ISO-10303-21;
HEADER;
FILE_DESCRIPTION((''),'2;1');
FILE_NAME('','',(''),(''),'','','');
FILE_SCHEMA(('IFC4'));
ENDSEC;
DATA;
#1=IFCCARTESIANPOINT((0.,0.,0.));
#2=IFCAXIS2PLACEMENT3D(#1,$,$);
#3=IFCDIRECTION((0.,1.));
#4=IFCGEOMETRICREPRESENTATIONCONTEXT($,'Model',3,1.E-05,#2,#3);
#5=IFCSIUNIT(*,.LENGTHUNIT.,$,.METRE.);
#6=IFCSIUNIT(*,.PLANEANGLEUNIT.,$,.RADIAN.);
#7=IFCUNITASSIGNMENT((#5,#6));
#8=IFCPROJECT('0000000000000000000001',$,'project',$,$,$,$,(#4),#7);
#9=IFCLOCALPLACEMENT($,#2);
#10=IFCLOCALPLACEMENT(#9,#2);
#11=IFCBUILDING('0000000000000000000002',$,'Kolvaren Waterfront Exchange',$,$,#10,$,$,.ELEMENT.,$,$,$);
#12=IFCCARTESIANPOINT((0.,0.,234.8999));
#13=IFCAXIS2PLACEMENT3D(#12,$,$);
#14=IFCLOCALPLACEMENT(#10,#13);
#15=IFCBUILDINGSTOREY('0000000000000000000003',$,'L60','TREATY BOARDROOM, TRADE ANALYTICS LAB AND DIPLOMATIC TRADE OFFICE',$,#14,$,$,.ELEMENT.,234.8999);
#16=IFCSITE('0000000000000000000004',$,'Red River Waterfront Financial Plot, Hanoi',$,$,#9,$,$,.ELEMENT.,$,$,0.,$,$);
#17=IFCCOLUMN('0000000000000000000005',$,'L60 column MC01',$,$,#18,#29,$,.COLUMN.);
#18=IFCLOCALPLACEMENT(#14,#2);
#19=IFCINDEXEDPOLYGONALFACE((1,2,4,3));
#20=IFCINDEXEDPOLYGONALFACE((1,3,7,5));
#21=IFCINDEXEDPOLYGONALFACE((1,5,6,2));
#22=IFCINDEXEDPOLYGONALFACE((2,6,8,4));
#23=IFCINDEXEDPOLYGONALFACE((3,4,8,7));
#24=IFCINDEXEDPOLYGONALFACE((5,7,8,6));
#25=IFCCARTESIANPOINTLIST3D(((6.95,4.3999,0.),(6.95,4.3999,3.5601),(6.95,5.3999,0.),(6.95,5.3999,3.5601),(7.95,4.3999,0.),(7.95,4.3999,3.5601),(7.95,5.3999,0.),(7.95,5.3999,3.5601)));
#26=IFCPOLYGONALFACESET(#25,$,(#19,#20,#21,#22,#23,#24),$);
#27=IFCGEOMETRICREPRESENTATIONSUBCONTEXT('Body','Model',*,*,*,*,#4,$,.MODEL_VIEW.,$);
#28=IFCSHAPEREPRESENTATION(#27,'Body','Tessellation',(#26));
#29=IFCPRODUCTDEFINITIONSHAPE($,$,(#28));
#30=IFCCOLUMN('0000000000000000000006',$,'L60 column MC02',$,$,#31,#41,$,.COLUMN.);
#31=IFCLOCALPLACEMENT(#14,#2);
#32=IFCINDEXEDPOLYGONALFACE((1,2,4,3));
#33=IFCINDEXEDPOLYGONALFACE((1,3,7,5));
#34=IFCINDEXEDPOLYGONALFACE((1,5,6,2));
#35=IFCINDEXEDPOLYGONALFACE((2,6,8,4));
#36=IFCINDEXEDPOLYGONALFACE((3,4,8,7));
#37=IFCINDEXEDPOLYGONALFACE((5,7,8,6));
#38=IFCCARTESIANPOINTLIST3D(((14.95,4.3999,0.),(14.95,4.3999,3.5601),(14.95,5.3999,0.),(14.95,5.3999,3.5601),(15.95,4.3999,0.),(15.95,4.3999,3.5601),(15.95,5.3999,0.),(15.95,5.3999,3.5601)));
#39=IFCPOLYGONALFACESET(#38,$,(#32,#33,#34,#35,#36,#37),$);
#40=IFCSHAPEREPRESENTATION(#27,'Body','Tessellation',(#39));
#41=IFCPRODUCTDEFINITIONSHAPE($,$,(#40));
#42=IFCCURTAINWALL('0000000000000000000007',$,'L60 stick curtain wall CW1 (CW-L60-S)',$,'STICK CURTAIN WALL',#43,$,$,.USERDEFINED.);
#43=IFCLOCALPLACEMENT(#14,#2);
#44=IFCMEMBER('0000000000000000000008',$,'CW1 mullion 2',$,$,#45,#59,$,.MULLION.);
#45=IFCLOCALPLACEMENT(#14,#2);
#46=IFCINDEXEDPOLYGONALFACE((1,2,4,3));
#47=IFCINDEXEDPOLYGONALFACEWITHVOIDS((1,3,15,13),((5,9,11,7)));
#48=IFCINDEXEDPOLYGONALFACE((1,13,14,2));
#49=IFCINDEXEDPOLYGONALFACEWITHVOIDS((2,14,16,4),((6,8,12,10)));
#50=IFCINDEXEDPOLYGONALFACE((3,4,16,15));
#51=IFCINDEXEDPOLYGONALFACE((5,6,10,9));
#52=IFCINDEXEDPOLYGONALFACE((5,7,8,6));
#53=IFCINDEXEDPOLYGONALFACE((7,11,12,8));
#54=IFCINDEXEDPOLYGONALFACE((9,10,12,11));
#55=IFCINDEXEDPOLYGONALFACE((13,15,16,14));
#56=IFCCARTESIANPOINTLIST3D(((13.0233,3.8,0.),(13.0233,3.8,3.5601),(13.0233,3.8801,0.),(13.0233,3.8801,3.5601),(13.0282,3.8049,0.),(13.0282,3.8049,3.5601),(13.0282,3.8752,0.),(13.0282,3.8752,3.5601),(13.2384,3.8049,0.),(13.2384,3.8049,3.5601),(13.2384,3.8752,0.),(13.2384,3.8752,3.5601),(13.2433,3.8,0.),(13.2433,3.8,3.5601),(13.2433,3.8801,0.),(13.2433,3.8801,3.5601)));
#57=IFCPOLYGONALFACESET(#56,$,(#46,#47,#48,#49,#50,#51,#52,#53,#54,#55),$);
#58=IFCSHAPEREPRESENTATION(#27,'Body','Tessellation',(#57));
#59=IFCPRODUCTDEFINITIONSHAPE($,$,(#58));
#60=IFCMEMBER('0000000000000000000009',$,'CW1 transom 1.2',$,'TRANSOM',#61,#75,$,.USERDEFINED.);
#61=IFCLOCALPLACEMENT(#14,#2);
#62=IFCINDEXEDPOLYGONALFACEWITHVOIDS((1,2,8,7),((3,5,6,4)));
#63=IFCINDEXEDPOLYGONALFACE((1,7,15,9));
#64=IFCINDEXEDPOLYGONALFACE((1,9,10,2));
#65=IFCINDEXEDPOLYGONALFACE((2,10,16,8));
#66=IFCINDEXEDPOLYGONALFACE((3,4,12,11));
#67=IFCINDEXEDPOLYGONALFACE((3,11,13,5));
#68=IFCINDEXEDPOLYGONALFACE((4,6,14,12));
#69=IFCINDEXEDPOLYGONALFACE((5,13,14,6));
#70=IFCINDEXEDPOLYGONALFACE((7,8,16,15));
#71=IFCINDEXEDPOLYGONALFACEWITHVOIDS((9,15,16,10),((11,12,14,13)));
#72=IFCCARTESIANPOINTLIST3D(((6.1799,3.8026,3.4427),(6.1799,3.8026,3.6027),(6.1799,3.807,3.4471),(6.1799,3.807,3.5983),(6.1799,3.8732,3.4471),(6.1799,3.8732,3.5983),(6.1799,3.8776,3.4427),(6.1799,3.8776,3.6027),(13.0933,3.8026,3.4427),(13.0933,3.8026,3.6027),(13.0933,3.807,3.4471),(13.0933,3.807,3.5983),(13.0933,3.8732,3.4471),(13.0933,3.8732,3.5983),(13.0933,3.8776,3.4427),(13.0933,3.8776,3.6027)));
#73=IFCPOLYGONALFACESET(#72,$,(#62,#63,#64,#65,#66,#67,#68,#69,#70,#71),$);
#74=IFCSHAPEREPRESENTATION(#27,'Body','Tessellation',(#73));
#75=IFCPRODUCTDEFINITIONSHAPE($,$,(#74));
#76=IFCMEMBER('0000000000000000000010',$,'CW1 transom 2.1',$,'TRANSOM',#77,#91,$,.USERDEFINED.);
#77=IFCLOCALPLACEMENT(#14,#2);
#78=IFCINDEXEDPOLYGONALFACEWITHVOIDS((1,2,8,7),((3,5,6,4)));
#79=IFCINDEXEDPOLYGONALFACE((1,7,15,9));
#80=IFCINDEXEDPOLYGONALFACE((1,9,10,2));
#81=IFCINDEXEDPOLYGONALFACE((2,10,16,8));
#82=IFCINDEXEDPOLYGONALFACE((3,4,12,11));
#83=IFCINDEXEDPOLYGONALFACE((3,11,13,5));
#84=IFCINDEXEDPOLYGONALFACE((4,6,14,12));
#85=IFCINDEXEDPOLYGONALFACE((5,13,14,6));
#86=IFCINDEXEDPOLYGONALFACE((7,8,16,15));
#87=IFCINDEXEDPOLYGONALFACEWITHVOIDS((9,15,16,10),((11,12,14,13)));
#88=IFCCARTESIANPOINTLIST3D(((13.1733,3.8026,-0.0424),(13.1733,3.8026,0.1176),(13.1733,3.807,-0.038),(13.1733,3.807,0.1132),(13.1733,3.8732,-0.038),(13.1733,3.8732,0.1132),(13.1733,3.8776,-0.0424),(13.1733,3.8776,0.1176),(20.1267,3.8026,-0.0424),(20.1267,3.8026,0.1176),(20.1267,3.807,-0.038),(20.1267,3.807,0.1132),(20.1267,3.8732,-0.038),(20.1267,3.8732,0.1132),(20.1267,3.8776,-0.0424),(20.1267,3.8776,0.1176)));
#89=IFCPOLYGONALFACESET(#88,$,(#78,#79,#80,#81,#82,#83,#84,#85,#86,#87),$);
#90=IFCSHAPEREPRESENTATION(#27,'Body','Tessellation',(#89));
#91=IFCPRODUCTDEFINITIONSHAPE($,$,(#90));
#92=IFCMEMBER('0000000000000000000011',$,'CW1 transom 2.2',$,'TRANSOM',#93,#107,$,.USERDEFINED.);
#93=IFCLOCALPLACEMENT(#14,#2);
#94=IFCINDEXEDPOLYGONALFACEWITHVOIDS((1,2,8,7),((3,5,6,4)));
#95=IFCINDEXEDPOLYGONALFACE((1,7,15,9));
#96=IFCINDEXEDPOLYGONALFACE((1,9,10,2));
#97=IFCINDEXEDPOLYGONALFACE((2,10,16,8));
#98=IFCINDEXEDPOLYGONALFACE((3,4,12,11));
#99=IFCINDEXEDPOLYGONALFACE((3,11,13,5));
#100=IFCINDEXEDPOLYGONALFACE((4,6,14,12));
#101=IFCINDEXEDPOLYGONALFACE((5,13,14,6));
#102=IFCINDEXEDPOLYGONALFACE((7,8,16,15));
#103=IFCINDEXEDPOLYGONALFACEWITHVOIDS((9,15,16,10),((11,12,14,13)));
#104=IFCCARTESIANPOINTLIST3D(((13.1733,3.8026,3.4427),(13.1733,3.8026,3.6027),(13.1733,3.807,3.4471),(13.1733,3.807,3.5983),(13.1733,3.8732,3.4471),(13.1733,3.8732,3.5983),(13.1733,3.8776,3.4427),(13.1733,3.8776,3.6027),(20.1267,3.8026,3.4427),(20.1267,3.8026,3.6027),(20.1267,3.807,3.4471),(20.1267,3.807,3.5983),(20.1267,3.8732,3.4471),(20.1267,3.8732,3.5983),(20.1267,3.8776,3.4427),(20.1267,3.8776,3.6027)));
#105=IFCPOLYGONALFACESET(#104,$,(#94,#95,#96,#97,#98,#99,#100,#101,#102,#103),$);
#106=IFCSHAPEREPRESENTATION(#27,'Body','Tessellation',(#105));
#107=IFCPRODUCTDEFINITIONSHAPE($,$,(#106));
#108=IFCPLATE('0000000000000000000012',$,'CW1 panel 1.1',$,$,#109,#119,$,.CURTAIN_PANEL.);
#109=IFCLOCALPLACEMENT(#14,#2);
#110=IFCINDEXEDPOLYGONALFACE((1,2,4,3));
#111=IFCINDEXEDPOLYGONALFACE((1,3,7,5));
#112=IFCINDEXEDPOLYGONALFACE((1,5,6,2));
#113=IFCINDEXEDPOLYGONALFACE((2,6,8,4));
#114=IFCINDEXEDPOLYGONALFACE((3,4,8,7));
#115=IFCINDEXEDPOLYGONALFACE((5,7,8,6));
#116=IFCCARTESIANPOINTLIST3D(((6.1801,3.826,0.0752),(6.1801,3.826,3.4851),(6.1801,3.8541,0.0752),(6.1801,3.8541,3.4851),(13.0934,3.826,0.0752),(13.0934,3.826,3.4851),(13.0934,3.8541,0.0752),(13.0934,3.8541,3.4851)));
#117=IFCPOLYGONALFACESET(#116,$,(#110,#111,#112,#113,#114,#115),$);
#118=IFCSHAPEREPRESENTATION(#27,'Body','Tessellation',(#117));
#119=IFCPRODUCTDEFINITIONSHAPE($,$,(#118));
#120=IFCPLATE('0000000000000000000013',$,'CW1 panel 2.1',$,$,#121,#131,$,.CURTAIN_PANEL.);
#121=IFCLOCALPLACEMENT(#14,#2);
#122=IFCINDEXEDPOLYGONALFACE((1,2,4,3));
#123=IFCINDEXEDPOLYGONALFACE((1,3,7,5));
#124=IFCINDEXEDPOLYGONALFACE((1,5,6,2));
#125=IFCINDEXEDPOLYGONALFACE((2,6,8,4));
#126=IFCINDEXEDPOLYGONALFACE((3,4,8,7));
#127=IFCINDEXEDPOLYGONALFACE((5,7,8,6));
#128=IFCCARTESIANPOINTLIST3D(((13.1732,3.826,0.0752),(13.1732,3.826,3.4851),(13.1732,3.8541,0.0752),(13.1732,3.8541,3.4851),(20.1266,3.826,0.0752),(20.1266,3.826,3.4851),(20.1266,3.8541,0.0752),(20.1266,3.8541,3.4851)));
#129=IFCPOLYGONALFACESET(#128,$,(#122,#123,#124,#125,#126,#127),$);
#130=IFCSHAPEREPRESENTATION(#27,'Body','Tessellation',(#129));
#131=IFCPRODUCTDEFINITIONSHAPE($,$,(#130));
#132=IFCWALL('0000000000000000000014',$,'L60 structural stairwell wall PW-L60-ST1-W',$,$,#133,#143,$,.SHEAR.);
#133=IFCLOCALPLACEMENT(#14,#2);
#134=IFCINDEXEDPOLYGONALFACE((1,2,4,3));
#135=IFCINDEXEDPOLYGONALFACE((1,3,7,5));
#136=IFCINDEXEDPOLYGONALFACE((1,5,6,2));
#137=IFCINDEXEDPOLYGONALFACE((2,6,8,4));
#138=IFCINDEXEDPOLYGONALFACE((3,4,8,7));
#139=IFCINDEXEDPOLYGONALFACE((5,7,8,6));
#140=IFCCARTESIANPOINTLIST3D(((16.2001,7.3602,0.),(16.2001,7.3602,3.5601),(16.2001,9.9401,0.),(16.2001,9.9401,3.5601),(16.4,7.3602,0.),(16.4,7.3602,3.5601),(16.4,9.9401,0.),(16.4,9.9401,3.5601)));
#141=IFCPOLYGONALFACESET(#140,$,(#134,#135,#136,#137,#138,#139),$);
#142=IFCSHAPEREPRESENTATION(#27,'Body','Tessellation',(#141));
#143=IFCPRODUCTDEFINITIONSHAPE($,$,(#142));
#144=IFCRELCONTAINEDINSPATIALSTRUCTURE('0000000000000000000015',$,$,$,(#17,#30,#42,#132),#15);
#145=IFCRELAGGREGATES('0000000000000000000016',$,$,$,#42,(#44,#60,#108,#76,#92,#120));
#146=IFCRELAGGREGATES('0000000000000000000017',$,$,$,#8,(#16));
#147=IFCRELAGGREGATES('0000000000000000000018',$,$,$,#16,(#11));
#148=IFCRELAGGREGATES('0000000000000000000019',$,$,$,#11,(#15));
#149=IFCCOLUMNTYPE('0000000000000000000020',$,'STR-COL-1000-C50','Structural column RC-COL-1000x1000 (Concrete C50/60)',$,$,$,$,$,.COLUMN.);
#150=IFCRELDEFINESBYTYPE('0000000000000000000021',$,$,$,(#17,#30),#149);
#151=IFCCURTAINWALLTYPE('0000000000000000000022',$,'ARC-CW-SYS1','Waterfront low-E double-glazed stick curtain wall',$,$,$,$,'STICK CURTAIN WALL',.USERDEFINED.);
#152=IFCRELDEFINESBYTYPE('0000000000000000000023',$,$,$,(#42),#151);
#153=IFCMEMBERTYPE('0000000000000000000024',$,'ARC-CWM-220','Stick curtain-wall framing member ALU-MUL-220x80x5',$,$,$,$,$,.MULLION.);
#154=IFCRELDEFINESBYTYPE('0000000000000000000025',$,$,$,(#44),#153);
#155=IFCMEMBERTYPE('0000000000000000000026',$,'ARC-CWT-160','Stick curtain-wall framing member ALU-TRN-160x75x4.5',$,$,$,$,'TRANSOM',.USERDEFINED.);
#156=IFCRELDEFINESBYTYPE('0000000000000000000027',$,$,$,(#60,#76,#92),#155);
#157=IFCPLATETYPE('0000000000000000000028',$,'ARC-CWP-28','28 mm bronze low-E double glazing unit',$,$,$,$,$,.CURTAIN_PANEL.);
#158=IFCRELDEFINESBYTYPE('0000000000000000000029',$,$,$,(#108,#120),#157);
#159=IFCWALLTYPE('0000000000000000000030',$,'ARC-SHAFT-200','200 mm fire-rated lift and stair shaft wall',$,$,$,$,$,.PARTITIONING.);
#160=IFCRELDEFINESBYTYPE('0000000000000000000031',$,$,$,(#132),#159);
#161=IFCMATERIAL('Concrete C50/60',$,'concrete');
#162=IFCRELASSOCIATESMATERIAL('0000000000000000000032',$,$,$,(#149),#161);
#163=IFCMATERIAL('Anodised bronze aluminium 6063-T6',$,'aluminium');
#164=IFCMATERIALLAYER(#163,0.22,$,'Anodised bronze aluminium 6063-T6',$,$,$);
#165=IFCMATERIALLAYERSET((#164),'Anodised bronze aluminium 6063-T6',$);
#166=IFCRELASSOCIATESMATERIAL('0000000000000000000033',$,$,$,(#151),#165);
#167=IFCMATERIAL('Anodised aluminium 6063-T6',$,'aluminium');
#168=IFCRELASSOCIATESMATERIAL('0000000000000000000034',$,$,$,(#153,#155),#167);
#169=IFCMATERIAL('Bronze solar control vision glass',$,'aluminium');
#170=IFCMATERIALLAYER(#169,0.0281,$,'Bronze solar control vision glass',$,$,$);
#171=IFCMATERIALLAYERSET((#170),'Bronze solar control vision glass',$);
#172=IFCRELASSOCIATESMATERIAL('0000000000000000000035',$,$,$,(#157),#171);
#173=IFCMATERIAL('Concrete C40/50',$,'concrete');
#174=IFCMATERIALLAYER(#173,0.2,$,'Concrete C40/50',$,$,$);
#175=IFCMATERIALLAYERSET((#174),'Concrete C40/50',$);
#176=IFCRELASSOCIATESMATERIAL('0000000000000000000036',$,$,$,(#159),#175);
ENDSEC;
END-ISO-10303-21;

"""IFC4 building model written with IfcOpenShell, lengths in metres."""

from ifc_helpers import new_model, si_unit, direction, frame, frame_2d, origin, origin_with_axes, origin_2d, place, context, subcontext, project, spatial, rectangle, hollow_rectangle, extrude, source, transform, mapped, material, layer, layer_set, material_profile, profile_set, type_object, element, aggregate, save


model = new_model("IFC4")

# Units and contexts
model_context = context("Model", 3, precision=1e-05, world=origin(), true_north=direction((0.0, 1.0)))
body_context = subcontext(model_context, "Body", "Model", "MODEL_VIEW")
ifc_project = project(units=[si_unit("LENGTHUNIT", "METRE"), si_unit("PLANEANGLEUNIT", "RADIAN")], contexts=[model_context])

# Site, building, storey
site_placement = place(None, origin())
site = spatial("IfcSite", under=ifc_project, at=site_placement, Name="Red River Waterfront Financial Plot, Hanoi", CompositionType="ELEMENT", RefElevation=0.0)
building_placement = place(site_placement, origin())
building = spatial("IfcBuilding", under=site, at=building_placement, Name="Kolvaren Waterfront Exchange", CompositionType="ELEMENT")
storey_placement = place(building_placement, frame((0.0, 0.0, 234.8999)))
storey = spatial("IfcBuildingStorey", under=building, at=storey_placement, Name="L60", Description="TREATY BOARDROOM, TRADE ANALYTICS LAB AND DIPLOMATIC TRADE OFFICE", CompositionType="ELEMENT", Elevation=234.8999)

# Columns
ifc_material_1 = material(Name="Concrete C50/60", Category="concrete")
ifc_material_profile_1 = material_profile(ifc_material_1, rectangle(XDim=1.0, YDim=1.0, at=origin_2d()), Name="RC-COL-1000x1000")
ifc_profile_set_1 = profile_set([ifc_material_profile_1], Name="Concrete C50/60")
column_type = type_object("IfcColumnType", Name="STR-COL-1000-C50", Description="Structural column RC-COL-1000x1000 (Concrete C50/60)", PredefinedType="COLUMN", material=ifc_profile_set_1)
for number, where, z_axis, x_axis, name in (
    (1, (7.45, 4.8999, 0.0), (0.0, 0.0, 1.0), (1.0, 0.0, 0.0), "L60 column MC01"),
    (2, (15.45, 4.8999, 0.0), (0.0, 0.0, 1.0), (1.0, 0.0, 0.0), "L60 column MC02"),
):
    element("IfcColumn", number, at=place(storey_placement, frame(where, z_axis=z_axis, x_axis=x_axis)), inside=storey, type_object=column_type, Name=name, PredefinedType="COLUMN", context=body_context, shape_type="SweptSolid", body=[
        extrude(rectangle(XDim=1.0, YDim=1.0, at=origin_2d()), origin(), (0.0, 0.0, 1.0), 3.5601),
    ])

# Curtain wall, members, plates
ifc_material_2 = material(Name="Anodised bronze aluminium 6063-T6", Category="aluminium")
ifc_layer_1 = layer(ifc_material_2, 0.22, Name="Anodised bronze aluminium 6063-T6")
ifc_layer_set_1 = layer_set([ifc_layer_1], Name="Anodised bronze aluminium 6063-T6")
curtain_wall_type = type_object("IfcCurtainWallType", Name="ARC-CW-SYS1", Description="Waterfront low-E double-glazed stick curtain wall", ElementType="STICK CURTAIN WALL", PredefinedType="USERDEFINED", material=ifc_layer_set_1)
curtain_wall_placement = place(storey_placement, origin())
curtain_wall = element("IfcCurtainWall", 3, at=curtain_wall_placement, inside=storey, type_object=curtain_wall_type, Name="L60 stick curtain wall CW1 (CW-L60-S)", ObjectType="STICK CURTAIN WALL", PredefinedType="USERDEFINED")
ifc_material_3 = material(Name="Anodised aluminium 6063-T6", Category="aluminium")
ifc_material_profile_2 = material_profile(ifc_material_3, hollow_rectangle(XDim=0.0801, YDim=0.22, WallThickness=0.0049, at=origin_2d()), Name="ALU-MUL-220x80x5")
ifc_profile_set_2 = profile_set([ifc_material_profile_2], Name="Anodised aluminium 6063-T6")
member_type_1 = type_object("IfcMemberType", Name="ARC-CWM-220", Description="Stick curtain-wall framing member ALU-MUL-220x80x5", PredefinedType="MULLION", material=ifc_profile_set_2)
shared_shape_1 = source(origin_with_axes(), body_context, "Body", "SweptSolid", [
    extrude(hollow_rectangle(XDim=0.0801, YDim=0.22, WallThickness=0.0049, at=origin_2d()), origin(), (0.0, 0.0, 1.0), 3.5601),
])
member_1_placement = place(storey_placement, frame((13.1333, 3.8401, 0.0), z_axis=(0.0, 0.0, 1.0), x_axis=(0.0, 1.0, 0.0)))
member_1 = element("IfcMember", 4, at=member_1_placement, type_object=member_type_1, Name="CW1 mullion 2", PredefinedType="MULLION", context=body_context, shape_type="MappedRepresentation", body=[
    mapped(shared_shape_1, transform((0.0, 0.0, 0.0), x_axis=(1.0, 0.0, 0.0), y_axis=(0.0, 1.0, 0.0), z_axis=(0.0, 0.0, 1.0), scale=1.0)),
])
ifc_material_profile_3 = material_profile(ifc_material_3, hollow_rectangle(XDim=0.075, YDim=0.1599, WallThickness=0.0044, at=origin_2d()), Name="ALU-TRN-160x75x4.5")
ifc_profile_set_3 = profile_set([ifc_material_profile_3], Name="Anodised aluminium 6063-T6")
member_type_2 = type_object("IfcMemberType", Name="ARC-CWT-160", Description="Stick curtain-wall framing member ALU-TRN-160x75x4.5", ElementType="TRANSOM", PredefinedType="USERDEFINED", material=ifc_profile_set_3)
shared_shape_2 = source(origin_with_axes(), body_context, "Body", "SweptSolid", [
    extrude(hollow_rectangle(XDim=0.075, YDim=0.1599, WallThickness=0.0044, at=origin_2d()), origin(), (0.0, 0.0, 1.0), 6.9133),
])
member_2_placement = place(storey_placement, frame((6.1799, 3.8401, 3.5227), z_axis=(1.0, 0.0, 0.0), x_axis=(0.0, 1.0, 0.0)))
member_2 = element("IfcMember", 5, at=member_2_placement, type_object=member_type_2, Name="CW1 transom 1.2", ObjectType="TRANSOM", PredefinedType="USERDEFINED", context=body_context, shape_type="MappedRepresentation", body=[
    mapped(shared_shape_2, transform((0.0, 0.0, 0.0), x_axis=(1.0, 0.0, 0.0), y_axis=(0.0, 1.0, 0.0), z_axis=(0.0, 0.0, 1.0), scale=1.0)),
])
shared_shape_3 = source(origin_with_axes(), body_context, "Body", "SweptSolid", [
    extrude(hollow_rectangle(XDim=0.075, YDim=0.1599, WallThickness=0.0044, at=origin_2d()), origin(), (0.0, 0.0, 1.0), 6.9534),
])
member_3_placement = place(storey_placement, frame((13.1733, 3.8401, 0.0376), z_axis=(1.0, 0.0, 0.0), x_axis=(0.0, 1.0, 0.0)))
member_3 = element("IfcMember", 6, at=member_3_placement, type_object=member_type_2, Name="CW1 transom 2.1", ObjectType="TRANSOM", PredefinedType="USERDEFINED", context=body_context, shape_type="MappedRepresentation", body=[
    mapped(shared_shape_3, transform((0.0, 0.0, 0.0), x_axis=(1.0, 0.0, 0.0), y_axis=(0.0, 1.0, 0.0), z_axis=(0.0, 0.0, 1.0), scale=1.0)),
])
member_4_placement = place(storey_placement, frame((13.1733, 3.8401, 3.5227), z_axis=(1.0, 0.0, 0.0), x_axis=(0.0, 1.0, 0.0)))
member_4 = element("IfcMember", 7, at=member_4_placement, type_object=member_type_2, Name="CW1 transom 2.2", ObjectType="TRANSOM", PredefinedType="USERDEFINED", context=body_context, shape_type="MappedRepresentation", body=[
    mapped(shared_shape_3, transform((0.0, 0.0, 0.0), x_axis=(1.0, 0.0, 0.0), y_axis=(0.0, 1.0, 0.0), z_axis=(0.0, 0.0, 1.0), scale=1.0)),
])
ifc_material_4 = material(Name="Bronze solar control vision glass", Category="aluminium")
ifc_layer_2 = layer(ifc_material_4, 0.0281, Name="Bronze solar control vision glass")
ifc_layer_set_2 = layer_set([ifc_layer_2], Name="Bronze solar control vision glass")
plate_type = type_object("IfcPlateType", Name="ARC-CWP-28", Description="28 mm bronze low-E double glazing unit", PredefinedType="CURTAIN_PANEL", material=ifc_layer_set_2)
shared_shape_4 = source(origin_with_axes(), body_context, "Body", "SweptSolid", [
    extrude(rectangle(XDim=6.9133, YDim=0.0281, at=origin_2d()), origin(), (0.0, 0.0, 1.0), 3.4099),
])
plate_1_placement = place(storey_placement, frame((9.6367, 3.8401, 0.0752), z_axis=(0.0, 0.0, 1.0), x_axis=(1.0, 0.0, 0.0)))
plate_1 = element("IfcPlate", 8, at=plate_1_placement, type_object=plate_type, Name="CW1 panel 1.1", PredefinedType="CURTAIN_PANEL", context=body_context, shape_type="MappedRepresentation", body=[
    mapped(shared_shape_4, transform((0.0, 0.0, 0.0), x_axis=(1.0, 0.0, 0.0), y_axis=(0.0, 1.0, 0.0), z_axis=(0.0, 0.0, 1.0), scale=1.0)),
])
shared_shape_5 = source(origin_with_axes(), body_context, "Body", "SweptSolid", [
    extrude(rectangle(XDim=6.9534, YDim=0.0281, at=origin_2d()), origin(), (0.0, 0.0, 1.0), 3.4099),
])
plate_2_placement = place(storey_placement, frame((16.6499, 3.8401, 0.0752), z_axis=(0.0, 0.0, 1.0), x_axis=(1.0, 0.0, 0.0)))
plate_2 = element("IfcPlate", 9, at=plate_2_placement, type_object=plate_type, Name="CW1 panel 2.1", PredefinedType="CURTAIN_PANEL", context=body_context, shape_type="MappedRepresentation", body=[
    mapped(shared_shape_5, transform((0.0, 0.0, 0.0), x_axis=(1.0, 0.0, 0.0), y_axis=(0.0, 1.0, 0.0), z_axis=(0.0, 0.0, 1.0), scale=1.0)),
])
aggregate(curtain_wall, [member_1, member_2, plate_1, member_3, member_4, plate_2])

# Wall
ifc_material_5 = material(Name="Concrete C40/50", Category="concrete")
ifc_layer_3 = layer(ifc_material_5, 0.2, Name="Concrete C40/50")
ifc_layer_set_3 = layer_set([ifc_layer_3], Name="Concrete C40/50")
wall_type_1 = type_object("IfcWallType", Name="ARC-SHAFT-200", Description="200 mm fire-rated lift and stair shaft wall", PredefinedType="PARTITIONING", material=ifc_layer_set_3)
wall_1_placement = place(storey_placement, frame((16.3, 7.3601, 0.0), z_axis=(0.0, 0.0, 1.0), x_axis=(0.0, 1.0, 0.0)))
element("IfcWall", 10, at=wall_1_placement, inside=storey, type_object=wall_type_1, Name="L60 structural stairwell wall PW-L60-ST1-W", PredefinedType="SHEAR", context=body_context, shape_type="SweptSolid", body=[
    extrude(rectangle(XDim=2.5798, YDim=0.2, at=frame_2d((1.29, 0.0))), origin(), (0.0, 0.0, 1.0), 3.5601),
])

save(model, "model.ifc")
